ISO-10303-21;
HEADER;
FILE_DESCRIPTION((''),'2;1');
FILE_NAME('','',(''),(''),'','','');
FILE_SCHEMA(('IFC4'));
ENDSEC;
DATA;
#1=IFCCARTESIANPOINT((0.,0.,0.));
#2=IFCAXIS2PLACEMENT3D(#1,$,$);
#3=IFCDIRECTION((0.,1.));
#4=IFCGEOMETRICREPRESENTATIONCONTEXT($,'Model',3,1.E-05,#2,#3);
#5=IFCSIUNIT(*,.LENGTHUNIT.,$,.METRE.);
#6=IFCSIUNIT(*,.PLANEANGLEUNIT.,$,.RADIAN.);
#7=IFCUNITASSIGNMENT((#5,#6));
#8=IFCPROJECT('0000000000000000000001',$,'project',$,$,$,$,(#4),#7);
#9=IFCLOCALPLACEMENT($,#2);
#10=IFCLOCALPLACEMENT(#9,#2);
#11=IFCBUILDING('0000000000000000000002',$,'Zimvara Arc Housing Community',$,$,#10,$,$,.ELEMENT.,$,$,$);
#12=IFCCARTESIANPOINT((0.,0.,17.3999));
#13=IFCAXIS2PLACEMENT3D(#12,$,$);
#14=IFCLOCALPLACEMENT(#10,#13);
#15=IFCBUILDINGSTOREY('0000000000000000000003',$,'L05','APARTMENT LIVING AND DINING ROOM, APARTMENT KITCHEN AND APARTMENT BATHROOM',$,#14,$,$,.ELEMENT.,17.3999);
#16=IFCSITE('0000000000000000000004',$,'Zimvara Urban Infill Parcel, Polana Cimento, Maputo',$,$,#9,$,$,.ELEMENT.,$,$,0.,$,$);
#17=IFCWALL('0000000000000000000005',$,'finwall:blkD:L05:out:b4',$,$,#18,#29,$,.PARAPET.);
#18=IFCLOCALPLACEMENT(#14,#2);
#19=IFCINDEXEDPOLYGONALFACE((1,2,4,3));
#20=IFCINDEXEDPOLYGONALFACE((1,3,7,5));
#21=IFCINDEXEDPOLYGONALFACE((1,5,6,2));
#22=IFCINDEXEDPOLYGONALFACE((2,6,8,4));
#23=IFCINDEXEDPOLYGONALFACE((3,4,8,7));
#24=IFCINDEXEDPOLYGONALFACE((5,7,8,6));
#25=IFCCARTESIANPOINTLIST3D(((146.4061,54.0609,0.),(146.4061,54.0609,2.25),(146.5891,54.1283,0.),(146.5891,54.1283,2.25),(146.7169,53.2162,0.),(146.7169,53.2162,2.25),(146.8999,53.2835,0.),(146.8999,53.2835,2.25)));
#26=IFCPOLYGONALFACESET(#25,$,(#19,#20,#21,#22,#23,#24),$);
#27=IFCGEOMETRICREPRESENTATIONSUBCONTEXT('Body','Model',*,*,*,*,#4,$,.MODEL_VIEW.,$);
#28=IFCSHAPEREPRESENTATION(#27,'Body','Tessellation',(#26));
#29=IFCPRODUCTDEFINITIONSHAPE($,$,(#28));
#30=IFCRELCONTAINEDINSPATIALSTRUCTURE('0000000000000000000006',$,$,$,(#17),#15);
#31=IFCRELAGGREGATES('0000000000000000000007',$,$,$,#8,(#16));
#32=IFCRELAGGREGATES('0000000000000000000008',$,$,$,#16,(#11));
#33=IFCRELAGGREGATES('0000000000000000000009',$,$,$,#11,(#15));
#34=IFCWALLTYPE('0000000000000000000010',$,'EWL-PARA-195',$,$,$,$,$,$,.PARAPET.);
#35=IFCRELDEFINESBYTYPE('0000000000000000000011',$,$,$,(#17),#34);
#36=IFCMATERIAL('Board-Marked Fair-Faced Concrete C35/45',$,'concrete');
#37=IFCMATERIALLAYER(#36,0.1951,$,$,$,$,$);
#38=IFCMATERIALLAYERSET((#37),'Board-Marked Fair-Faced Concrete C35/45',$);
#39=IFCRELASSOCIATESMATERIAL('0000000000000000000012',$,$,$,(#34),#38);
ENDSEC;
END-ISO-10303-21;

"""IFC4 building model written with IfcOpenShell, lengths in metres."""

from ifc_helpers import new_model, si_unit, direction, frame, frame_2d, origin, place, context, subcontext, project, spatial, rectangle, extrude, material, layer, layer_set, type_object, element, save


model = new_model("IFC4")

# Units and contexts
model_context = context("Model", 3, precision=1e-05, world=origin(), true_north=direction((0.0, 1.0)))
body_context = subcontext(model_context, "Body", "Model", "MODEL_VIEW")
ifc_project = project(units=[si_unit("LENGTHUNIT", "METRE"), si_unit("PLANEANGLEUNIT", "RADIAN")], contexts=[model_context])

# Site, building, storey
site_placement = place(None, origin())
site = spatial("IfcSite", under=ifc_project, at=site_placement, Name="Zimvara Urban Infill Parcel, Polana Cimento, Maputo", CompositionType="ELEMENT", RefElevation=0.0)
building_placement = place(site_placement, origin())
building = spatial("IfcBuilding", under=site, at=building_placement, Name="Zimvara Arc Housing Community", CompositionType="ELEMENT")
storey_placement = place(building_placement, frame((0.0, 0.0, 17.3999)))
storey = spatial("IfcBuildingStorey", under=building, at=storey_placement, Name="L05", Description="APARTMENT LIVING AND DINING ROOM, APARTMENT KITCHEN AND APARTMENT BATHROOM", CompositionType="ELEMENT", Elevation=17.3999)

# Wall
ifc_material_1 = material(Name="Board-Marked Fair-Faced Concrete C35/45", Category="concrete")
ifc_layer_1 = layer(ifc_material_1, 0.1951)
ifc_layer_set_1 = layer_set([ifc_layer_1], Name="Board-Marked Fair-Faced Concrete C35/45")
wall_type = type_object("IfcWallType", Name="EWL-PARA-195", PredefinedType="PARAPET", material=ifc_layer_set_1)
wall_placement = place(storey_placement, frame((146.4976, 54.0947, 0.0), z_axis=(0.0, 0.0, 1.0), x_axis=(0.345291, -0.938496, 0.0)))
element("IfcWall", 1, at=wall_placement, inside=storey, type_object=wall_type, Name="finwall:blkD:L05:out:b4", PredefinedType="PARAPET", context=body_context, shape_type="SweptSolid", body=[
    extrude(rectangle(XDim=0.9001, YDim=0.1951, at=frame_2d((0.4502, 0.0))), origin(), (0.0, 0.0, 1.0), 2.25),
])

save(model, "model.ifc")
